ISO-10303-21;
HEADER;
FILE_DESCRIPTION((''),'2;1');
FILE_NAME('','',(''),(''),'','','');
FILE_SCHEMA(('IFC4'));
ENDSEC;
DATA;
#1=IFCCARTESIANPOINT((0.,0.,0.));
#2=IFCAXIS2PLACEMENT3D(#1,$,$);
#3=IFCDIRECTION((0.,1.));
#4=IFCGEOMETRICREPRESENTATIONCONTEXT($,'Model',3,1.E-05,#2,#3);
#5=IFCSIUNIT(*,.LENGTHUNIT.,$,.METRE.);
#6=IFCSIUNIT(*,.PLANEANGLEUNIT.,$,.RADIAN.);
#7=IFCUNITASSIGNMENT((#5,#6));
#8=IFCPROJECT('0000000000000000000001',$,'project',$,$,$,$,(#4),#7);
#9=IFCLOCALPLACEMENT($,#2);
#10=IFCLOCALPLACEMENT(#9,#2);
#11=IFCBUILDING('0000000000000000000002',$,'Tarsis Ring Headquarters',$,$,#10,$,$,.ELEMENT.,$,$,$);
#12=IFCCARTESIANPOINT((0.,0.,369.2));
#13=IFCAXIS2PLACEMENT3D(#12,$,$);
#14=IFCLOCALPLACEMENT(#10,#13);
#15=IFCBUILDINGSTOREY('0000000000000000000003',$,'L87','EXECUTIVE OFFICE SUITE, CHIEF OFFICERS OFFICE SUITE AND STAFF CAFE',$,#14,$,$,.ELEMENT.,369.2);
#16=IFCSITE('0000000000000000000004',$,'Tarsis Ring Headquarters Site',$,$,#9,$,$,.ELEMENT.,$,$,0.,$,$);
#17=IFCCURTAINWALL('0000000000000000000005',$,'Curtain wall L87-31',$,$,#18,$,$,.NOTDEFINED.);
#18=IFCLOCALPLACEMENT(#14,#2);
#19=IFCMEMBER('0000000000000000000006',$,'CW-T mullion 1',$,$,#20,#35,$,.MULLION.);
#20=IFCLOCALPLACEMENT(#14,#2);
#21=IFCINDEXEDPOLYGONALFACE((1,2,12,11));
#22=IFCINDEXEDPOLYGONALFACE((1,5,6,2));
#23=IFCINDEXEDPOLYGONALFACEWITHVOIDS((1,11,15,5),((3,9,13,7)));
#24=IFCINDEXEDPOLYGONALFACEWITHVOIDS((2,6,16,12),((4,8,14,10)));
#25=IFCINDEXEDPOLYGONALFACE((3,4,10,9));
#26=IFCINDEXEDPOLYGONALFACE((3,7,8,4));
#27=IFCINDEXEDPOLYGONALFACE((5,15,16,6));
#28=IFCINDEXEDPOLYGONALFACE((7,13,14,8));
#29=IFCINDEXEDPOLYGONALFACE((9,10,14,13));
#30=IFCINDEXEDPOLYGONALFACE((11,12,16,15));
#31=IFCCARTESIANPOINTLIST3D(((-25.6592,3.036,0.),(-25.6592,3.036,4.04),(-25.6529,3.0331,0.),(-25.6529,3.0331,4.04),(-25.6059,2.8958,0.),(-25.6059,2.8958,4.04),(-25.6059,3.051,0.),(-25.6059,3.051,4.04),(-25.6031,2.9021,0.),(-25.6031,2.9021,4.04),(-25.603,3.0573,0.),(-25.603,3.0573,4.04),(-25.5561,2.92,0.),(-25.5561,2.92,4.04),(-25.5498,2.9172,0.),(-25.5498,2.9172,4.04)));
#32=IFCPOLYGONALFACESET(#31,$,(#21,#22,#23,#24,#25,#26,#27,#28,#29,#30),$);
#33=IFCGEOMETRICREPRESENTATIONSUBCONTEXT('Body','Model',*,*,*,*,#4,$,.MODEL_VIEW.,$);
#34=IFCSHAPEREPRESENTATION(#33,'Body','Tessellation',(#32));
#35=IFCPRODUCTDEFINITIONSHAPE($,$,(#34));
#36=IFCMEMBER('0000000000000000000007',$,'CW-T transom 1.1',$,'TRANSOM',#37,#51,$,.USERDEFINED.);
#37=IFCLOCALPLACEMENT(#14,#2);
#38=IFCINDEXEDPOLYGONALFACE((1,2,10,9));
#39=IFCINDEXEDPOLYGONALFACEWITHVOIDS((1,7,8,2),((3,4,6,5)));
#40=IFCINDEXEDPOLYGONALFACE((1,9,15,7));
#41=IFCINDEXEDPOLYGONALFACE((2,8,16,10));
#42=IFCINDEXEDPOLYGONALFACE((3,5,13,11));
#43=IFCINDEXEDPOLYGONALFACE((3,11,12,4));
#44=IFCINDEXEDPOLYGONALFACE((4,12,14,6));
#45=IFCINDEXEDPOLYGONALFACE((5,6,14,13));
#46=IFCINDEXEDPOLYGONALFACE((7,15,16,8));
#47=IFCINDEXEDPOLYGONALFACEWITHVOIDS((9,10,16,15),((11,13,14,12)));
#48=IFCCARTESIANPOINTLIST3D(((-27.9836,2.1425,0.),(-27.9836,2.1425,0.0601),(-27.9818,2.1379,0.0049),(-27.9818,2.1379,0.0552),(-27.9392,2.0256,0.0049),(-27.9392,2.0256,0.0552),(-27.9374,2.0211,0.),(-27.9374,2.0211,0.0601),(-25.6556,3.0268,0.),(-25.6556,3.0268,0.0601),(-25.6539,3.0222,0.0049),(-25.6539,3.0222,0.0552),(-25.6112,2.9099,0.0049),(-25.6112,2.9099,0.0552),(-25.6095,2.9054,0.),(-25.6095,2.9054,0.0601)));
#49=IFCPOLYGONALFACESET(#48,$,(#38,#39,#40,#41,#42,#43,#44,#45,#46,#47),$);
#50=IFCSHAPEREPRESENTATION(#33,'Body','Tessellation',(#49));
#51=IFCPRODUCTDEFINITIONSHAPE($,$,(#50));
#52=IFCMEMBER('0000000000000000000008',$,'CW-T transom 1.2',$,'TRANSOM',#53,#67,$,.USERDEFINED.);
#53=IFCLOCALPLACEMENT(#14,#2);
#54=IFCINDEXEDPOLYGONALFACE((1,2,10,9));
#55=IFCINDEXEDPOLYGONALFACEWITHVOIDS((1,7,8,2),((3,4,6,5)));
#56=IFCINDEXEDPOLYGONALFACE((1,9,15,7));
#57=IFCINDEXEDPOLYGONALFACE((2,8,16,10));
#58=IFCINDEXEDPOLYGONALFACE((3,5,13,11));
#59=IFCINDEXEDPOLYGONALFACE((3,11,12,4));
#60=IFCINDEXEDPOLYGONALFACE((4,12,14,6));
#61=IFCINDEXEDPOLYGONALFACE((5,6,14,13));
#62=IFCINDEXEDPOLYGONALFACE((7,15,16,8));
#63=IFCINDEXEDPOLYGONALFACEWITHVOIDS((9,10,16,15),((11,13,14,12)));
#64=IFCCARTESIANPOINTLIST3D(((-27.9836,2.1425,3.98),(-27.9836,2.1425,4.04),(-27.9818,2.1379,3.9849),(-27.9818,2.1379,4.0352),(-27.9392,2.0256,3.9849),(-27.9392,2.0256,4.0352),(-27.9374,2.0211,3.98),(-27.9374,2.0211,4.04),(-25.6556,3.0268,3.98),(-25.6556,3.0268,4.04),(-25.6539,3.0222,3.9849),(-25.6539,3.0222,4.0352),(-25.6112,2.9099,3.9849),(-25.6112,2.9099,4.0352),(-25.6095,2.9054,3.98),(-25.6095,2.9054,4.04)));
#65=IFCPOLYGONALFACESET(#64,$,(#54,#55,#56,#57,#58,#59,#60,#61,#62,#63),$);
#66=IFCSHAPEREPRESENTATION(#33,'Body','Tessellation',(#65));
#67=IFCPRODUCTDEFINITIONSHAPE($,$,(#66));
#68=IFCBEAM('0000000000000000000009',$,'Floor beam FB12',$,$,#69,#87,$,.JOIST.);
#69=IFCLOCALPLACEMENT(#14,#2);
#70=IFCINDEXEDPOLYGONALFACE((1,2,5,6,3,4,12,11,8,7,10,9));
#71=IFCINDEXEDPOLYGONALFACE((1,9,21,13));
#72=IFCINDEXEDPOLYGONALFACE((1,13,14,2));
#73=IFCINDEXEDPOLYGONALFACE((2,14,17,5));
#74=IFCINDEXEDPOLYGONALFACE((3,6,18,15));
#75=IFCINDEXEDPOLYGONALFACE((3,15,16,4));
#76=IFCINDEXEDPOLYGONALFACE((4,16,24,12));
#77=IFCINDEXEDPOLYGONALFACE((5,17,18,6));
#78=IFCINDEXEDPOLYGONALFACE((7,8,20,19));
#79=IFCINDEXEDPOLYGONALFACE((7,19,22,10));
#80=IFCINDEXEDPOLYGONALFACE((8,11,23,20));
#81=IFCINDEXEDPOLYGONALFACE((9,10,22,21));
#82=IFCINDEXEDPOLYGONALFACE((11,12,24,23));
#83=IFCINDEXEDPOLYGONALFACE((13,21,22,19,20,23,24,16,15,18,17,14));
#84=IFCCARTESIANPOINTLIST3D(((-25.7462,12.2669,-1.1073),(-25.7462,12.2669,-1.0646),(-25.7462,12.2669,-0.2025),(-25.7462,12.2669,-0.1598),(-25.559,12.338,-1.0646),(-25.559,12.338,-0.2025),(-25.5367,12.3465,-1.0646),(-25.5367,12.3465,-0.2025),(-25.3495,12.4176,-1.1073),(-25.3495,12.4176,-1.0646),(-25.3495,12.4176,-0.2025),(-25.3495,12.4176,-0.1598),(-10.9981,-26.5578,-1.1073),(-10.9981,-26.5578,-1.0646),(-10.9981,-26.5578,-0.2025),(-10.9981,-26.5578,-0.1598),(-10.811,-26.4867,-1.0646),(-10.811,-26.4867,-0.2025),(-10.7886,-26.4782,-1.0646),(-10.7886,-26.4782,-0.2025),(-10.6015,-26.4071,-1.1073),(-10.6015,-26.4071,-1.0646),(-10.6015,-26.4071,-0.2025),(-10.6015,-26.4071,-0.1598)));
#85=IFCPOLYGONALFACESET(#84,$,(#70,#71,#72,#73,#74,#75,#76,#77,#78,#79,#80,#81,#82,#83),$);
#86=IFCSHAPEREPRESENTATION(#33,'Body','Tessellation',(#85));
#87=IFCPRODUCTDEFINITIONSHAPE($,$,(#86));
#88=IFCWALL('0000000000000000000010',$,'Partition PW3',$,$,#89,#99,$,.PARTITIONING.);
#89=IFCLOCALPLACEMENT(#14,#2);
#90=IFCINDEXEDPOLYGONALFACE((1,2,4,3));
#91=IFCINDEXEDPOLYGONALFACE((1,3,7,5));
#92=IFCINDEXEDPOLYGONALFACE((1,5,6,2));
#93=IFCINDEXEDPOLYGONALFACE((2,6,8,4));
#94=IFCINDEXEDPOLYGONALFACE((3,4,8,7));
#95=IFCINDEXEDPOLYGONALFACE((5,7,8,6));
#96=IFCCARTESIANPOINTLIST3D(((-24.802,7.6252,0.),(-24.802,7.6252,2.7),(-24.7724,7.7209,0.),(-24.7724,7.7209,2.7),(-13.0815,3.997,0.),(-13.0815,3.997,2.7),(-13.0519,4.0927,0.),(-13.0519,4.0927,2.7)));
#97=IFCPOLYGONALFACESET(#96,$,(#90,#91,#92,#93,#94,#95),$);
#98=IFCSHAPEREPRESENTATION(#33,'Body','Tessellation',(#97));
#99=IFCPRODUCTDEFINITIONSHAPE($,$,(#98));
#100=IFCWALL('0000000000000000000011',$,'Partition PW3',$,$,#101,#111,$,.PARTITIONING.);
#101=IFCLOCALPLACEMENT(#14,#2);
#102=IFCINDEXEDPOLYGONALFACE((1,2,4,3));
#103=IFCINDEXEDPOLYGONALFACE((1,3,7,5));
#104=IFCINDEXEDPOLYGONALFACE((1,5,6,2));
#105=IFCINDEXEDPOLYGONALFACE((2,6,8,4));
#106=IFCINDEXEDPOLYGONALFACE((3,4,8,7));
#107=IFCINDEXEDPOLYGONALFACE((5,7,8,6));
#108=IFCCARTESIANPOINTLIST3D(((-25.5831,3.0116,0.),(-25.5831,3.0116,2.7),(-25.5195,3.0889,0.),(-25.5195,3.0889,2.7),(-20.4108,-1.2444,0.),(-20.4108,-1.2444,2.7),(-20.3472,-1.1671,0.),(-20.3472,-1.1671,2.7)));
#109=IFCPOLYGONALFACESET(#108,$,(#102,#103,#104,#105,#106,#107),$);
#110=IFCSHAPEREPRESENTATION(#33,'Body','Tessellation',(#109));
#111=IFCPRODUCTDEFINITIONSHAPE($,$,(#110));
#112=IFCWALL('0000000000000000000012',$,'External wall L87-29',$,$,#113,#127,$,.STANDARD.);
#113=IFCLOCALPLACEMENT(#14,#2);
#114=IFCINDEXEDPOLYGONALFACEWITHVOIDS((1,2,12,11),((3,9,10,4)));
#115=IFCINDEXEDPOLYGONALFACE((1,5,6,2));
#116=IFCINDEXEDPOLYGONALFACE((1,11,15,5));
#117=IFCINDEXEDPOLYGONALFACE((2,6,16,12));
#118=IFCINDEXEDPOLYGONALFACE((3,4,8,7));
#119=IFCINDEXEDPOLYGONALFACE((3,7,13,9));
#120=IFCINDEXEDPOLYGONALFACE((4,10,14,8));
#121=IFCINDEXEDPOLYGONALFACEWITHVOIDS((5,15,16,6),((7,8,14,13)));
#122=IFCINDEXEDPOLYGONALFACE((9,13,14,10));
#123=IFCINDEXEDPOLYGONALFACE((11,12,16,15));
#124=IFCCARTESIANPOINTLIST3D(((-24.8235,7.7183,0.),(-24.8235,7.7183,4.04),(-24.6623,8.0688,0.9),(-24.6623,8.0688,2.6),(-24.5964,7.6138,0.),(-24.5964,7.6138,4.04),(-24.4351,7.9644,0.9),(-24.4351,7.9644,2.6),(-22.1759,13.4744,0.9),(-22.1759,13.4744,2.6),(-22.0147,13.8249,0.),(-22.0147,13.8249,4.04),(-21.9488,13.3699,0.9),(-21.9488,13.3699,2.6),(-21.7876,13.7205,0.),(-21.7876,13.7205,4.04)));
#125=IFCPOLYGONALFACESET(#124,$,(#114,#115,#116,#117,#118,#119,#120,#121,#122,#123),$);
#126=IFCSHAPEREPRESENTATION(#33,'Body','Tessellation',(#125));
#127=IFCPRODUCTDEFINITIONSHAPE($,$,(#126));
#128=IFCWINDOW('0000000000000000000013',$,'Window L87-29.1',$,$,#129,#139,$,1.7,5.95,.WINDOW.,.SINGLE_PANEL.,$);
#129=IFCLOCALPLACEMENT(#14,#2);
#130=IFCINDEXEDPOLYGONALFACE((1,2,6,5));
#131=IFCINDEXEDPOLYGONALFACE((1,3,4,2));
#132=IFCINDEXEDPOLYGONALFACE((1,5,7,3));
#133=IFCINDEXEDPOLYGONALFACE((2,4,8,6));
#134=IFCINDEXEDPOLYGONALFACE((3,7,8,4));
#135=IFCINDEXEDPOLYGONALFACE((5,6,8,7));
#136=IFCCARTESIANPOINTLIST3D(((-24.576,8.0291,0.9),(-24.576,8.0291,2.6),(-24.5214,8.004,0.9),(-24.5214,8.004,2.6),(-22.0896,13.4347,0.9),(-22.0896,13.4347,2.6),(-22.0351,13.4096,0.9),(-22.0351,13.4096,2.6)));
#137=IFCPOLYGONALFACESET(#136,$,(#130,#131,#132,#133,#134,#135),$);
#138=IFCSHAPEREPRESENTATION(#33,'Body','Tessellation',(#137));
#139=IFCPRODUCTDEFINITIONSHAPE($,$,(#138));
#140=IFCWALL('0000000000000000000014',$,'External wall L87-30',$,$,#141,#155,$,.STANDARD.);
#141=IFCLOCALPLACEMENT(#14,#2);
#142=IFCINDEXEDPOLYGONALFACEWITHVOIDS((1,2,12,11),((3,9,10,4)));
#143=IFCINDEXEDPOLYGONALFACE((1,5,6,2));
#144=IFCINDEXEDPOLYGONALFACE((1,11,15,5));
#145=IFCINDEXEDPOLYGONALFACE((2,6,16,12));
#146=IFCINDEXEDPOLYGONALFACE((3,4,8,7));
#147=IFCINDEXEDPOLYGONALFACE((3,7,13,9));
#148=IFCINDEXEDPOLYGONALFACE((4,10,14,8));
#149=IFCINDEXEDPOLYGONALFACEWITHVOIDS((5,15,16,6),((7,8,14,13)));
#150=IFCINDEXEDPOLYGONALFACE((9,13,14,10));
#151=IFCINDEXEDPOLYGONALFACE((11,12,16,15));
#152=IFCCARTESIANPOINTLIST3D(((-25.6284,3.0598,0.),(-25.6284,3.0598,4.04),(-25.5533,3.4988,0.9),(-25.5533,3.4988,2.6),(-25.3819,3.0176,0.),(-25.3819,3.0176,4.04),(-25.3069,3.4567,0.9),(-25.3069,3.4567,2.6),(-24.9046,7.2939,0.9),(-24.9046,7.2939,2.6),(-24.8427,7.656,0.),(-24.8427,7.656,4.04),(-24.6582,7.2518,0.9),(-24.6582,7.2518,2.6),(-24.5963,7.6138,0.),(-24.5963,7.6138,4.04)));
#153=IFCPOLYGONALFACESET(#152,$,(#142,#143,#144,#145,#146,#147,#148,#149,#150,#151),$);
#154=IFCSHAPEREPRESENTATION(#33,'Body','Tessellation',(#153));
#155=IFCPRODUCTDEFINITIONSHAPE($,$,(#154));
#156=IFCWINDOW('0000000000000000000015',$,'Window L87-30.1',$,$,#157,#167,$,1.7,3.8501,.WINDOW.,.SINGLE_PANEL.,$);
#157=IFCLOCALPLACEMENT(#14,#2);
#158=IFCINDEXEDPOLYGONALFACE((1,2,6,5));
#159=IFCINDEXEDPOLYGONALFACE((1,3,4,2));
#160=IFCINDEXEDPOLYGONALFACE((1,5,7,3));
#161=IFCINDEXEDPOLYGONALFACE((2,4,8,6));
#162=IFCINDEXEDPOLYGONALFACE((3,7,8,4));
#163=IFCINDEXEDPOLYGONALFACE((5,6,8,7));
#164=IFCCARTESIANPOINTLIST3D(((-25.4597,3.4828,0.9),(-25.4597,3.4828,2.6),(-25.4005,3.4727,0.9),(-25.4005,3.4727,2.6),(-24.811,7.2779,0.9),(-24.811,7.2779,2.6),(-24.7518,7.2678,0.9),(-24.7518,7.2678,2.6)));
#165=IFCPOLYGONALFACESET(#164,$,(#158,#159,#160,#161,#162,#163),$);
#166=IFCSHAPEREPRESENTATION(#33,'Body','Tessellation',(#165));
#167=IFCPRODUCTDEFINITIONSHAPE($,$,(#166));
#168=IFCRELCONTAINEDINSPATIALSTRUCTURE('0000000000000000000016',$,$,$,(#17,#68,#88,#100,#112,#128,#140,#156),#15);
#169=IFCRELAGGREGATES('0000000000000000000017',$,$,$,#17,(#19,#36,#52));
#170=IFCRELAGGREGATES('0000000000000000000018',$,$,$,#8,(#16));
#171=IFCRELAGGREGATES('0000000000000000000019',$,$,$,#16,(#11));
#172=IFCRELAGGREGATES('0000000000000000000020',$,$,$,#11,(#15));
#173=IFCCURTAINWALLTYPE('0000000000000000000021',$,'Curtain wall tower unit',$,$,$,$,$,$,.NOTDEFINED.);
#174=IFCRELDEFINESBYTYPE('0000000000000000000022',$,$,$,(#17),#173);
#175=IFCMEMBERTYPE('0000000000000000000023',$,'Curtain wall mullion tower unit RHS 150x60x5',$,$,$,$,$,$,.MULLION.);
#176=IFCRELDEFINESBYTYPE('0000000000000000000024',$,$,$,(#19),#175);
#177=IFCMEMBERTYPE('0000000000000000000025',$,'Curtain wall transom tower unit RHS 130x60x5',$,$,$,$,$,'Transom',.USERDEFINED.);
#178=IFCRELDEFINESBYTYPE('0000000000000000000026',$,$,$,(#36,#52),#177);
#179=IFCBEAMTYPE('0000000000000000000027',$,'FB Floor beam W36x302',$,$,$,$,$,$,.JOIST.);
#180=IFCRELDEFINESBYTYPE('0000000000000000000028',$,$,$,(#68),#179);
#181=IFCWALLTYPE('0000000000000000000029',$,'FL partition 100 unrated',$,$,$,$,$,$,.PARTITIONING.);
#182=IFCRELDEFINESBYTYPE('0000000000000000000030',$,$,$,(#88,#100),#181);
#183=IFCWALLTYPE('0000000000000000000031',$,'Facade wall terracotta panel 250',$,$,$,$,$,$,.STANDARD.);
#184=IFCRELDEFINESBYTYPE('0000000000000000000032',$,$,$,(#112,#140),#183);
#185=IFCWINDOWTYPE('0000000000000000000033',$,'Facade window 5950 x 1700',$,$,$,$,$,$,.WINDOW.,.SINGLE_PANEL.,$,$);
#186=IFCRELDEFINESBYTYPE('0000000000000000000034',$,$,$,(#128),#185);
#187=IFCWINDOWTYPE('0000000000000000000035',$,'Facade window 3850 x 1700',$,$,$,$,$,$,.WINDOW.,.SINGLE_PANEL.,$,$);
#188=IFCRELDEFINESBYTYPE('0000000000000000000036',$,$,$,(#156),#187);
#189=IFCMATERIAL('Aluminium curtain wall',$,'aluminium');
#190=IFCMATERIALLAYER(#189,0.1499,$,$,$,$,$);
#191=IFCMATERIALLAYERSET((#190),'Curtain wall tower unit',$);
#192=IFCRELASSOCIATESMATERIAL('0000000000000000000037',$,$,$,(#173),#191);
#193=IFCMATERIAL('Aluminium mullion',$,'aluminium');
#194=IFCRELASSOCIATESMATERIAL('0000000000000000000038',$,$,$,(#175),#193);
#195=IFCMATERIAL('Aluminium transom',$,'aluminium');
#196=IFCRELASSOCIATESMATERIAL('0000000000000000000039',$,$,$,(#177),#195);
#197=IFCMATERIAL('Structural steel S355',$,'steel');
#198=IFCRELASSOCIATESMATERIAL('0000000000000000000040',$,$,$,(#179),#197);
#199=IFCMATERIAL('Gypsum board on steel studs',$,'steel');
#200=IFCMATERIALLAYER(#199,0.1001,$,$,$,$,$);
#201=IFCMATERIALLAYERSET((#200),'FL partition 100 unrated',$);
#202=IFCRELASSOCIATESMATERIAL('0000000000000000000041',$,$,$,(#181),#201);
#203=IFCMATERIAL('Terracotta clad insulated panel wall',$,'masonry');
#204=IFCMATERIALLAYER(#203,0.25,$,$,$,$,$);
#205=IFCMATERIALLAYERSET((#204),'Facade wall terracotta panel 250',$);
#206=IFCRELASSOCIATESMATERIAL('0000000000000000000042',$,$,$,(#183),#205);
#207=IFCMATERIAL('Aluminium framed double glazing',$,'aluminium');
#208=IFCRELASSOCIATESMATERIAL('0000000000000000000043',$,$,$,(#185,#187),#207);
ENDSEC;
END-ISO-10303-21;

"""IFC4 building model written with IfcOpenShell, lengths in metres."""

from ifc_helpers import new_model, si_unit, direction, frame, frame_2d, origin, origin_2d, place, context, subcontext, project, spatial, rectangle, hollow_rectangle, i_section, extrude, material, layer, layer_set, material_profile, profile_set, type_object, element, fill, aggregate, save


model = new_model("IFC4")

# Units and contexts
model_context = context("Model", 3, precision=1e-05, world=origin(), true_north=direction((0.0, 1.0)))
body_context = subcontext(model_context, "Body", "Model", "MODEL_VIEW")
ifc_project = project(units=[si_unit("LENGTHUNIT", "METRE"), si_unit("PLANEANGLEUNIT", "RADIAN")], contexts=[model_context])

# Site, building, storey
site_placement = place(None, origin())
site = spatial("IfcSite", under=ifc_project, at=site_placement, Name="Tarsis Ring Headquarters Site", CompositionType="ELEMENT", RefElevation=0.0)
building_placement = place(site_placement, origin())
building = spatial("IfcBuilding", under=site, at=building_placement, Name="Tarsis Ring Headquarters", CompositionType="ELEMENT")
storey_placement = place(building_placement, frame((0.0, 0.0, 369.2)))
storey = spatial("IfcBuildingStorey", under=building, at=storey_placement, Name="L87", Description="EXECUTIVE OFFICE SUITE, CHIEF OFFICERS OFFICE SUITE AND STAFF CAFE", CompositionType="ELEMENT", Elevation=369.2)

# Curtain wall, members
ifc_material_1 = material(Name="Aluminium curtain wall", Category="aluminium")
ifc_layer_1 = layer(ifc_material_1, 0.1499)
ifc_layer_set_1 = layer_set([ifc_layer_1], Name="Curtain wall tower unit")
curtain_wall_type = type_object("IfcCurtainWallType", Name="Curtain wall tower unit", PredefinedType="NOTDEFINED", material=ifc_layer_set_1)
curtain_wall_placement = place(storey_placement, origin())
curtain_wall = element("IfcCurtainWall", 1, at=curtain_wall_placement, inside=storey, type_object=curtain_wall_type, Name="Curtain wall L87-31", PredefinedType="NOTDEFINED")
ifc_material_2 = material(Name="Aluminium mullion", Category="aluminium")
ifc_material_profile_1 = material_profile(ifc_material_2, hollow_rectangle(XDim=0.1499, YDim=0.0601, WallThickness=0.0049, at=origin_2d()), Name="RHS 150x60x5")
ifc_profile_set_1 = profile_set([ifc_material_profile_1], Name="Aluminium mullion")
member_type_1 = type_object("IfcMemberType", Name="Curtain wall mullion tower unit RHS 150x60x5", PredefinedType="MULLION", material=ifc_profile_set_1)
member_1_placement = place(storey_placement, frame((-25.6045, 2.9766, 0.0), z_axis=(0.0, 0.0, 1.0), x_axis=(0.355107, -0.934826, 0.0)))
member_1 = element("IfcMember", 2, at=member_1_placement, type_object=member_type_1, Name="CW-T mullion 1", PredefinedType="MULLION", context=body_context, shape_type="SweptSolid", body=[
    extrude(hollow_rectangle(XDim=0.1499, YDim=0.0601, WallThickness=0.0049, at=origin_2d()), origin(), (0.0, 0.0, 1.0), 4.04),
])
ifc_material_3 = material(Name="Aluminium transom", Category="aluminium")
ifc_material_profile_2 = material_profile(ifc_material_3, hollow_rectangle(XDim=0.1299, YDim=0.0601, WallThickness=0.0049, at=origin_2d()), Name="RHS 130x60x5")
ifc_profile_set_2 = profile_set([ifc_material_profile_2], Name="Aluminium transom")
member_type_2 = type_object("IfcMemberType", Name="Curtain wall transom tower unit RHS 130x60x5", ElementType="Transom", PredefinedType="USERDEFINED", material=ifc_profile_set_2)
member_2_placement = place(storey_placement, frame((-25.6326, 2.9661, 0.03), z_axis=(-0.934826, -0.355106, 0.0), x_axis=(0.355106, -0.934826, 0.0)))
member_2 = element("IfcMember", 3, at=member_2_placement, type_object=member_type_2, Name="CW-T transom 1.1", ObjectType="TRANSOM", PredefinedType="USERDEFINED", context=body_context, shape_type="SweptSolid", body=[
    extrude(hollow_rectangle(XDim=0.1299, YDim=0.0601, WallThickness=0.0049, at=origin_2d()), origin(), (0.0, 0.0, 1.0), 2.4902),
])
member_3_placement = place(storey_placement, frame((-25.6326, 2.9661, 4.01), z_axis=(-0.934826, -0.355106, 0.0), x_axis=(0.355106, -0.934826, 0.0)))
member_3 = element("IfcMember", 4, at=member_3_placement, type_object=member_type_2, Name="CW-T transom 1.2", ObjectType="TRANSOM", PredefinedType="USERDEFINED", context=body_context, shape_type="SweptSolid", body=[
    extrude(hollow_rectangle(XDim=0.1299, YDim=0.0601, WallThickness=0.0049, at=origin_2d()), origin(), (0.0, 0.0, 1.0), 2.4902),
])
aggregate(curtain_wall, [member_1, member_2, member_3])

# Beam
ifc_material_4 = material(Name="Structural steel S355", Category="steel")
ifc_material_profile_3 = material_profile(ifc_material_4, i_section(OverallWidth=0.4243, OverallDepth=0.9475, WebThickness=0.0239, FlangeThickness=0.0427, at=origin_2d()), Name="W36x302")
ifc_profile_set_3 = profile_set([ifc_material_profile_3], Name="Structural steel S355")
beam_type = type_object("IfcBeamType", Name="FB Floor beam W36x302", PredefinedType="JOIST", material=ifc_profile_set_3)
beam_placement = place(storey_placement, frame((-25.5479, 12.3423, -0.6335), z_axis=(0.355105, -0.934826, 0.0), x_axis=(0.934826, 0.355105, 0.0)))
element("IfcBeam", 5, at=beam_placement, inside=storey, type_object=beam_type, Name="Floor beam FB12", PredefinedType="JOIST", context=body_context, shape_type="SweptSolid", body=[
    extrude(i_section(OverallWidth=0.4243, OverallDepth=0.9475, WebThickness=0.0239, FlangeThickness=0.0427, at=origin_2d()), origin(), (0.0, 0.0, 1.0), 41.5315),
])

# Walls
ifc_material_5 = material(Name="Gypsum board on steel studs", Category="steel")
ifc_layer_2 = layer(ifc_material_5, 0.1001)
ifc_layer_set_2 = layer_set([ifc_layer_2], Name="FL partition 100 unrated")
wall_type_1 = type_object("IfcWallType", Name="FL partition 100 unrated", PredefinedType="PARTITIONING", material=ifc_layer_set_2)
wall_1_placement = place(storey_placement, frame((-24.7874, 7.6731, 0.0), z_axis=(0.0, 0.0, 1.0), x_axis=(0.955276, -0.295714, 0.0)))
element("IfcWall", 6, at=wall_1_placement, inside=storey, type_object=wall_type_1, Name="Partition PW3", PredefinedType="PARTITIONING", context=body_context, shape_type="SweptSolid", body=[
    extrude(rectangle(XDim=12.2693, YDim=0.1001, at=frame_2d((6.1348, 0.0))), origin(), (0.0, 0.0, 1.0), 2.7),
])
wall_2_placement = place(storey_placement, frame((-25.5513, 3.0503, 0.0), z_axis=(0.0, 0.0, 1.0), x_axis=(0.772186, -0.635397, 0.0)))
element("IfcWall", 7, at=wall_2_placement, inside=storey, type_object=wall_type_1, Name="Partition PW3", PredefinedType="PARTITIONING", context=body_context, shape_type="SweptSolid", body=[
    extrude(rectangle(XDim=6.6982, YDim=0.1001, at=frame_2d((3.3491, 0.0))), origin(), (0.0, 0.0, 1.0), 2.7),
])

# Walls, openings, windows
ifc_material_6 = material(Name="Terracotta clad insulated panel wall", Category="masonry")
ifc_layer_3 = layer(ifc_material_6, 0.25)
ifc_layer_set_3 = layer_set([ifc_layer_3], Name="Facade wall terracotta panel 250")
wall_type_2 = type_object("IfcWallType", Name="Facade wall terracotta panel 250", PredefinedType="STANDARD", material=ifc_layer_set_3)
wall_3_placement = place(storey_placement, frame((-21.9011, 13.7727, 0.0), z_axis=(0.0, 0.0, 1.0), x_axis=(-0.417876, -0.908504, 0.0)))
wall_3 = element("IfcWall", 8, at=wall_3_placement, inside=storey, type_object=wall_type_2, Name="External wall L87-29", PredefinedType="STANDARD", context=body_context, shape_type="SweptSolid", body=[
    extrude(rectangle(XDim=6.7217, YDim=0.25, at=frame_2d((3.3608, 0.0))), origin(), (0.0, 0.0, 1.0), 4.04),
])
opening_1_placement = place(wall_3_placement, frame((0.3857, 0.0, 0.8999)))
opening_1 = element("IfcOpeningElement", 9, at=opening_1_placement, cuts=wall_3, PredefinedType="OPENING", context=body_context, shape_type="SweptSolid", body=[
    extrude(rectangle(XDim=5.95, YDim=1.7, at=frame_2d((2.9751, 0.8501))), frame((0.0, 0.135, 0.0), z_axis=(0.0, -1.0, 0.0), x_axis=(1.0, 0.0, 0.0)), (0.0, 0.0, 1.0), 0.27),
])
ifc_material_7 = material(Name="Aluminium framed double glazing", Category="aluminium")
window_type_1 = type_object("IfcWindowType", Name="Facade window 5950 x 1700", PartitioningType="SINGLE_PANEL", PredefinedType="WINDOW", material=ifc_material_7)
window_1_placement = place(opening_1_placement, origin())
window_1 = element("IfcWindow", 10, at=window_1_placement, inside=storey, type_object=window_type_1, Name="Window L87-29.1", OverallHeight=1.7, OverallWidth=5.95, PartitioningType="SINGLE_PANEL", PredefinedType="WINDOW", context=body_context, shape_type="SweptSolid", body=[
    extrude(rectangle(XDim=5.95, YDim=1.7, at=frame_2d((2.9751, 0.8501))), frame((0.0, 0.03, 0.0), z_axis=(0.0, -1.0, 0.0), x_axis=(1.0, 0.0, 0.0)), (0.0, 0.0, 1.0), 0.0601),
])
fill(opening_1, window_1)
wall_4_placement = place(storey_placement, frame((-24.7195, 7.635, 0.0), z_axis=(0.0, 0.0, 1.0), x_axis=(-0.16849, -0.985703, 0.0)))
wall_4 = element("IfcWall", 11, at=wall_4_placement, inside=storey, type_object=wall_type_2, Name="External wall L87-30", PredefinedType="STANDARD", context=body_context, shape_type="SweptSolid", body=[
    extrude(rectangle(XDim=4.6628, YDim=0.25, at=frame_2d((2.3315, 0.0))), origin(), (0.0, 0.0, 1.0), 4.04),
])
opening_2_placement = place(wall_4_placement, frame((0.3674, 0.0, 0.8999)))
opening_2 = element("IfcOpeningElement", 12, at=opening_2_placement, cuts=wall_4, PredefinedType="OPENING", context=body_context, shape_type="SweptSolid", body=[
    extrude(rectangle(XDim=3.8501, YDim=1.7, at=frame_2d((1.925, 0.8501))), frame((0.0, 0.135, 0.0), z_axis=(0.0, -1.0, 0.0), x_axis=(1.0, 0.0, 0.0)), (0.0, 0.0, 1.0), 0.27),
])
window_type_2 = type_object("IfcWindowType", Name="Facade window 3850 x 1700", PartitioningType="SINGLE_PANEL", PredefinedType="WINDOW", material=ifc_material_7)
window_2_placement = place(opening_2_placement, origin())
window_2 = element("IfcWindow", 13, at=window_2_placement, inside=storey, type_object=window_type_2, Name="Window L87-30.1", OverallHeight=1.7, OverallWidth=3.8501, PartitioningType="SINGLE_PANEL", PredefinedType="WINDOW", context=body_context, shape_type="SweptSolid", body=[
    extrude(rectangle(XDim=3.8501, YDim=1.7, at=frame_2d((1.925, 0.8501))), frame((0.0, 0.03, 0.0), z_axis=(0.0, -1.0, 0.0), x_axis=(1.0, 0.0, 0.0)), (0.0, 0.0, 1.0), 0.0601),
])
fill(opening_2, window_2)

save(model, "model.ifc")
